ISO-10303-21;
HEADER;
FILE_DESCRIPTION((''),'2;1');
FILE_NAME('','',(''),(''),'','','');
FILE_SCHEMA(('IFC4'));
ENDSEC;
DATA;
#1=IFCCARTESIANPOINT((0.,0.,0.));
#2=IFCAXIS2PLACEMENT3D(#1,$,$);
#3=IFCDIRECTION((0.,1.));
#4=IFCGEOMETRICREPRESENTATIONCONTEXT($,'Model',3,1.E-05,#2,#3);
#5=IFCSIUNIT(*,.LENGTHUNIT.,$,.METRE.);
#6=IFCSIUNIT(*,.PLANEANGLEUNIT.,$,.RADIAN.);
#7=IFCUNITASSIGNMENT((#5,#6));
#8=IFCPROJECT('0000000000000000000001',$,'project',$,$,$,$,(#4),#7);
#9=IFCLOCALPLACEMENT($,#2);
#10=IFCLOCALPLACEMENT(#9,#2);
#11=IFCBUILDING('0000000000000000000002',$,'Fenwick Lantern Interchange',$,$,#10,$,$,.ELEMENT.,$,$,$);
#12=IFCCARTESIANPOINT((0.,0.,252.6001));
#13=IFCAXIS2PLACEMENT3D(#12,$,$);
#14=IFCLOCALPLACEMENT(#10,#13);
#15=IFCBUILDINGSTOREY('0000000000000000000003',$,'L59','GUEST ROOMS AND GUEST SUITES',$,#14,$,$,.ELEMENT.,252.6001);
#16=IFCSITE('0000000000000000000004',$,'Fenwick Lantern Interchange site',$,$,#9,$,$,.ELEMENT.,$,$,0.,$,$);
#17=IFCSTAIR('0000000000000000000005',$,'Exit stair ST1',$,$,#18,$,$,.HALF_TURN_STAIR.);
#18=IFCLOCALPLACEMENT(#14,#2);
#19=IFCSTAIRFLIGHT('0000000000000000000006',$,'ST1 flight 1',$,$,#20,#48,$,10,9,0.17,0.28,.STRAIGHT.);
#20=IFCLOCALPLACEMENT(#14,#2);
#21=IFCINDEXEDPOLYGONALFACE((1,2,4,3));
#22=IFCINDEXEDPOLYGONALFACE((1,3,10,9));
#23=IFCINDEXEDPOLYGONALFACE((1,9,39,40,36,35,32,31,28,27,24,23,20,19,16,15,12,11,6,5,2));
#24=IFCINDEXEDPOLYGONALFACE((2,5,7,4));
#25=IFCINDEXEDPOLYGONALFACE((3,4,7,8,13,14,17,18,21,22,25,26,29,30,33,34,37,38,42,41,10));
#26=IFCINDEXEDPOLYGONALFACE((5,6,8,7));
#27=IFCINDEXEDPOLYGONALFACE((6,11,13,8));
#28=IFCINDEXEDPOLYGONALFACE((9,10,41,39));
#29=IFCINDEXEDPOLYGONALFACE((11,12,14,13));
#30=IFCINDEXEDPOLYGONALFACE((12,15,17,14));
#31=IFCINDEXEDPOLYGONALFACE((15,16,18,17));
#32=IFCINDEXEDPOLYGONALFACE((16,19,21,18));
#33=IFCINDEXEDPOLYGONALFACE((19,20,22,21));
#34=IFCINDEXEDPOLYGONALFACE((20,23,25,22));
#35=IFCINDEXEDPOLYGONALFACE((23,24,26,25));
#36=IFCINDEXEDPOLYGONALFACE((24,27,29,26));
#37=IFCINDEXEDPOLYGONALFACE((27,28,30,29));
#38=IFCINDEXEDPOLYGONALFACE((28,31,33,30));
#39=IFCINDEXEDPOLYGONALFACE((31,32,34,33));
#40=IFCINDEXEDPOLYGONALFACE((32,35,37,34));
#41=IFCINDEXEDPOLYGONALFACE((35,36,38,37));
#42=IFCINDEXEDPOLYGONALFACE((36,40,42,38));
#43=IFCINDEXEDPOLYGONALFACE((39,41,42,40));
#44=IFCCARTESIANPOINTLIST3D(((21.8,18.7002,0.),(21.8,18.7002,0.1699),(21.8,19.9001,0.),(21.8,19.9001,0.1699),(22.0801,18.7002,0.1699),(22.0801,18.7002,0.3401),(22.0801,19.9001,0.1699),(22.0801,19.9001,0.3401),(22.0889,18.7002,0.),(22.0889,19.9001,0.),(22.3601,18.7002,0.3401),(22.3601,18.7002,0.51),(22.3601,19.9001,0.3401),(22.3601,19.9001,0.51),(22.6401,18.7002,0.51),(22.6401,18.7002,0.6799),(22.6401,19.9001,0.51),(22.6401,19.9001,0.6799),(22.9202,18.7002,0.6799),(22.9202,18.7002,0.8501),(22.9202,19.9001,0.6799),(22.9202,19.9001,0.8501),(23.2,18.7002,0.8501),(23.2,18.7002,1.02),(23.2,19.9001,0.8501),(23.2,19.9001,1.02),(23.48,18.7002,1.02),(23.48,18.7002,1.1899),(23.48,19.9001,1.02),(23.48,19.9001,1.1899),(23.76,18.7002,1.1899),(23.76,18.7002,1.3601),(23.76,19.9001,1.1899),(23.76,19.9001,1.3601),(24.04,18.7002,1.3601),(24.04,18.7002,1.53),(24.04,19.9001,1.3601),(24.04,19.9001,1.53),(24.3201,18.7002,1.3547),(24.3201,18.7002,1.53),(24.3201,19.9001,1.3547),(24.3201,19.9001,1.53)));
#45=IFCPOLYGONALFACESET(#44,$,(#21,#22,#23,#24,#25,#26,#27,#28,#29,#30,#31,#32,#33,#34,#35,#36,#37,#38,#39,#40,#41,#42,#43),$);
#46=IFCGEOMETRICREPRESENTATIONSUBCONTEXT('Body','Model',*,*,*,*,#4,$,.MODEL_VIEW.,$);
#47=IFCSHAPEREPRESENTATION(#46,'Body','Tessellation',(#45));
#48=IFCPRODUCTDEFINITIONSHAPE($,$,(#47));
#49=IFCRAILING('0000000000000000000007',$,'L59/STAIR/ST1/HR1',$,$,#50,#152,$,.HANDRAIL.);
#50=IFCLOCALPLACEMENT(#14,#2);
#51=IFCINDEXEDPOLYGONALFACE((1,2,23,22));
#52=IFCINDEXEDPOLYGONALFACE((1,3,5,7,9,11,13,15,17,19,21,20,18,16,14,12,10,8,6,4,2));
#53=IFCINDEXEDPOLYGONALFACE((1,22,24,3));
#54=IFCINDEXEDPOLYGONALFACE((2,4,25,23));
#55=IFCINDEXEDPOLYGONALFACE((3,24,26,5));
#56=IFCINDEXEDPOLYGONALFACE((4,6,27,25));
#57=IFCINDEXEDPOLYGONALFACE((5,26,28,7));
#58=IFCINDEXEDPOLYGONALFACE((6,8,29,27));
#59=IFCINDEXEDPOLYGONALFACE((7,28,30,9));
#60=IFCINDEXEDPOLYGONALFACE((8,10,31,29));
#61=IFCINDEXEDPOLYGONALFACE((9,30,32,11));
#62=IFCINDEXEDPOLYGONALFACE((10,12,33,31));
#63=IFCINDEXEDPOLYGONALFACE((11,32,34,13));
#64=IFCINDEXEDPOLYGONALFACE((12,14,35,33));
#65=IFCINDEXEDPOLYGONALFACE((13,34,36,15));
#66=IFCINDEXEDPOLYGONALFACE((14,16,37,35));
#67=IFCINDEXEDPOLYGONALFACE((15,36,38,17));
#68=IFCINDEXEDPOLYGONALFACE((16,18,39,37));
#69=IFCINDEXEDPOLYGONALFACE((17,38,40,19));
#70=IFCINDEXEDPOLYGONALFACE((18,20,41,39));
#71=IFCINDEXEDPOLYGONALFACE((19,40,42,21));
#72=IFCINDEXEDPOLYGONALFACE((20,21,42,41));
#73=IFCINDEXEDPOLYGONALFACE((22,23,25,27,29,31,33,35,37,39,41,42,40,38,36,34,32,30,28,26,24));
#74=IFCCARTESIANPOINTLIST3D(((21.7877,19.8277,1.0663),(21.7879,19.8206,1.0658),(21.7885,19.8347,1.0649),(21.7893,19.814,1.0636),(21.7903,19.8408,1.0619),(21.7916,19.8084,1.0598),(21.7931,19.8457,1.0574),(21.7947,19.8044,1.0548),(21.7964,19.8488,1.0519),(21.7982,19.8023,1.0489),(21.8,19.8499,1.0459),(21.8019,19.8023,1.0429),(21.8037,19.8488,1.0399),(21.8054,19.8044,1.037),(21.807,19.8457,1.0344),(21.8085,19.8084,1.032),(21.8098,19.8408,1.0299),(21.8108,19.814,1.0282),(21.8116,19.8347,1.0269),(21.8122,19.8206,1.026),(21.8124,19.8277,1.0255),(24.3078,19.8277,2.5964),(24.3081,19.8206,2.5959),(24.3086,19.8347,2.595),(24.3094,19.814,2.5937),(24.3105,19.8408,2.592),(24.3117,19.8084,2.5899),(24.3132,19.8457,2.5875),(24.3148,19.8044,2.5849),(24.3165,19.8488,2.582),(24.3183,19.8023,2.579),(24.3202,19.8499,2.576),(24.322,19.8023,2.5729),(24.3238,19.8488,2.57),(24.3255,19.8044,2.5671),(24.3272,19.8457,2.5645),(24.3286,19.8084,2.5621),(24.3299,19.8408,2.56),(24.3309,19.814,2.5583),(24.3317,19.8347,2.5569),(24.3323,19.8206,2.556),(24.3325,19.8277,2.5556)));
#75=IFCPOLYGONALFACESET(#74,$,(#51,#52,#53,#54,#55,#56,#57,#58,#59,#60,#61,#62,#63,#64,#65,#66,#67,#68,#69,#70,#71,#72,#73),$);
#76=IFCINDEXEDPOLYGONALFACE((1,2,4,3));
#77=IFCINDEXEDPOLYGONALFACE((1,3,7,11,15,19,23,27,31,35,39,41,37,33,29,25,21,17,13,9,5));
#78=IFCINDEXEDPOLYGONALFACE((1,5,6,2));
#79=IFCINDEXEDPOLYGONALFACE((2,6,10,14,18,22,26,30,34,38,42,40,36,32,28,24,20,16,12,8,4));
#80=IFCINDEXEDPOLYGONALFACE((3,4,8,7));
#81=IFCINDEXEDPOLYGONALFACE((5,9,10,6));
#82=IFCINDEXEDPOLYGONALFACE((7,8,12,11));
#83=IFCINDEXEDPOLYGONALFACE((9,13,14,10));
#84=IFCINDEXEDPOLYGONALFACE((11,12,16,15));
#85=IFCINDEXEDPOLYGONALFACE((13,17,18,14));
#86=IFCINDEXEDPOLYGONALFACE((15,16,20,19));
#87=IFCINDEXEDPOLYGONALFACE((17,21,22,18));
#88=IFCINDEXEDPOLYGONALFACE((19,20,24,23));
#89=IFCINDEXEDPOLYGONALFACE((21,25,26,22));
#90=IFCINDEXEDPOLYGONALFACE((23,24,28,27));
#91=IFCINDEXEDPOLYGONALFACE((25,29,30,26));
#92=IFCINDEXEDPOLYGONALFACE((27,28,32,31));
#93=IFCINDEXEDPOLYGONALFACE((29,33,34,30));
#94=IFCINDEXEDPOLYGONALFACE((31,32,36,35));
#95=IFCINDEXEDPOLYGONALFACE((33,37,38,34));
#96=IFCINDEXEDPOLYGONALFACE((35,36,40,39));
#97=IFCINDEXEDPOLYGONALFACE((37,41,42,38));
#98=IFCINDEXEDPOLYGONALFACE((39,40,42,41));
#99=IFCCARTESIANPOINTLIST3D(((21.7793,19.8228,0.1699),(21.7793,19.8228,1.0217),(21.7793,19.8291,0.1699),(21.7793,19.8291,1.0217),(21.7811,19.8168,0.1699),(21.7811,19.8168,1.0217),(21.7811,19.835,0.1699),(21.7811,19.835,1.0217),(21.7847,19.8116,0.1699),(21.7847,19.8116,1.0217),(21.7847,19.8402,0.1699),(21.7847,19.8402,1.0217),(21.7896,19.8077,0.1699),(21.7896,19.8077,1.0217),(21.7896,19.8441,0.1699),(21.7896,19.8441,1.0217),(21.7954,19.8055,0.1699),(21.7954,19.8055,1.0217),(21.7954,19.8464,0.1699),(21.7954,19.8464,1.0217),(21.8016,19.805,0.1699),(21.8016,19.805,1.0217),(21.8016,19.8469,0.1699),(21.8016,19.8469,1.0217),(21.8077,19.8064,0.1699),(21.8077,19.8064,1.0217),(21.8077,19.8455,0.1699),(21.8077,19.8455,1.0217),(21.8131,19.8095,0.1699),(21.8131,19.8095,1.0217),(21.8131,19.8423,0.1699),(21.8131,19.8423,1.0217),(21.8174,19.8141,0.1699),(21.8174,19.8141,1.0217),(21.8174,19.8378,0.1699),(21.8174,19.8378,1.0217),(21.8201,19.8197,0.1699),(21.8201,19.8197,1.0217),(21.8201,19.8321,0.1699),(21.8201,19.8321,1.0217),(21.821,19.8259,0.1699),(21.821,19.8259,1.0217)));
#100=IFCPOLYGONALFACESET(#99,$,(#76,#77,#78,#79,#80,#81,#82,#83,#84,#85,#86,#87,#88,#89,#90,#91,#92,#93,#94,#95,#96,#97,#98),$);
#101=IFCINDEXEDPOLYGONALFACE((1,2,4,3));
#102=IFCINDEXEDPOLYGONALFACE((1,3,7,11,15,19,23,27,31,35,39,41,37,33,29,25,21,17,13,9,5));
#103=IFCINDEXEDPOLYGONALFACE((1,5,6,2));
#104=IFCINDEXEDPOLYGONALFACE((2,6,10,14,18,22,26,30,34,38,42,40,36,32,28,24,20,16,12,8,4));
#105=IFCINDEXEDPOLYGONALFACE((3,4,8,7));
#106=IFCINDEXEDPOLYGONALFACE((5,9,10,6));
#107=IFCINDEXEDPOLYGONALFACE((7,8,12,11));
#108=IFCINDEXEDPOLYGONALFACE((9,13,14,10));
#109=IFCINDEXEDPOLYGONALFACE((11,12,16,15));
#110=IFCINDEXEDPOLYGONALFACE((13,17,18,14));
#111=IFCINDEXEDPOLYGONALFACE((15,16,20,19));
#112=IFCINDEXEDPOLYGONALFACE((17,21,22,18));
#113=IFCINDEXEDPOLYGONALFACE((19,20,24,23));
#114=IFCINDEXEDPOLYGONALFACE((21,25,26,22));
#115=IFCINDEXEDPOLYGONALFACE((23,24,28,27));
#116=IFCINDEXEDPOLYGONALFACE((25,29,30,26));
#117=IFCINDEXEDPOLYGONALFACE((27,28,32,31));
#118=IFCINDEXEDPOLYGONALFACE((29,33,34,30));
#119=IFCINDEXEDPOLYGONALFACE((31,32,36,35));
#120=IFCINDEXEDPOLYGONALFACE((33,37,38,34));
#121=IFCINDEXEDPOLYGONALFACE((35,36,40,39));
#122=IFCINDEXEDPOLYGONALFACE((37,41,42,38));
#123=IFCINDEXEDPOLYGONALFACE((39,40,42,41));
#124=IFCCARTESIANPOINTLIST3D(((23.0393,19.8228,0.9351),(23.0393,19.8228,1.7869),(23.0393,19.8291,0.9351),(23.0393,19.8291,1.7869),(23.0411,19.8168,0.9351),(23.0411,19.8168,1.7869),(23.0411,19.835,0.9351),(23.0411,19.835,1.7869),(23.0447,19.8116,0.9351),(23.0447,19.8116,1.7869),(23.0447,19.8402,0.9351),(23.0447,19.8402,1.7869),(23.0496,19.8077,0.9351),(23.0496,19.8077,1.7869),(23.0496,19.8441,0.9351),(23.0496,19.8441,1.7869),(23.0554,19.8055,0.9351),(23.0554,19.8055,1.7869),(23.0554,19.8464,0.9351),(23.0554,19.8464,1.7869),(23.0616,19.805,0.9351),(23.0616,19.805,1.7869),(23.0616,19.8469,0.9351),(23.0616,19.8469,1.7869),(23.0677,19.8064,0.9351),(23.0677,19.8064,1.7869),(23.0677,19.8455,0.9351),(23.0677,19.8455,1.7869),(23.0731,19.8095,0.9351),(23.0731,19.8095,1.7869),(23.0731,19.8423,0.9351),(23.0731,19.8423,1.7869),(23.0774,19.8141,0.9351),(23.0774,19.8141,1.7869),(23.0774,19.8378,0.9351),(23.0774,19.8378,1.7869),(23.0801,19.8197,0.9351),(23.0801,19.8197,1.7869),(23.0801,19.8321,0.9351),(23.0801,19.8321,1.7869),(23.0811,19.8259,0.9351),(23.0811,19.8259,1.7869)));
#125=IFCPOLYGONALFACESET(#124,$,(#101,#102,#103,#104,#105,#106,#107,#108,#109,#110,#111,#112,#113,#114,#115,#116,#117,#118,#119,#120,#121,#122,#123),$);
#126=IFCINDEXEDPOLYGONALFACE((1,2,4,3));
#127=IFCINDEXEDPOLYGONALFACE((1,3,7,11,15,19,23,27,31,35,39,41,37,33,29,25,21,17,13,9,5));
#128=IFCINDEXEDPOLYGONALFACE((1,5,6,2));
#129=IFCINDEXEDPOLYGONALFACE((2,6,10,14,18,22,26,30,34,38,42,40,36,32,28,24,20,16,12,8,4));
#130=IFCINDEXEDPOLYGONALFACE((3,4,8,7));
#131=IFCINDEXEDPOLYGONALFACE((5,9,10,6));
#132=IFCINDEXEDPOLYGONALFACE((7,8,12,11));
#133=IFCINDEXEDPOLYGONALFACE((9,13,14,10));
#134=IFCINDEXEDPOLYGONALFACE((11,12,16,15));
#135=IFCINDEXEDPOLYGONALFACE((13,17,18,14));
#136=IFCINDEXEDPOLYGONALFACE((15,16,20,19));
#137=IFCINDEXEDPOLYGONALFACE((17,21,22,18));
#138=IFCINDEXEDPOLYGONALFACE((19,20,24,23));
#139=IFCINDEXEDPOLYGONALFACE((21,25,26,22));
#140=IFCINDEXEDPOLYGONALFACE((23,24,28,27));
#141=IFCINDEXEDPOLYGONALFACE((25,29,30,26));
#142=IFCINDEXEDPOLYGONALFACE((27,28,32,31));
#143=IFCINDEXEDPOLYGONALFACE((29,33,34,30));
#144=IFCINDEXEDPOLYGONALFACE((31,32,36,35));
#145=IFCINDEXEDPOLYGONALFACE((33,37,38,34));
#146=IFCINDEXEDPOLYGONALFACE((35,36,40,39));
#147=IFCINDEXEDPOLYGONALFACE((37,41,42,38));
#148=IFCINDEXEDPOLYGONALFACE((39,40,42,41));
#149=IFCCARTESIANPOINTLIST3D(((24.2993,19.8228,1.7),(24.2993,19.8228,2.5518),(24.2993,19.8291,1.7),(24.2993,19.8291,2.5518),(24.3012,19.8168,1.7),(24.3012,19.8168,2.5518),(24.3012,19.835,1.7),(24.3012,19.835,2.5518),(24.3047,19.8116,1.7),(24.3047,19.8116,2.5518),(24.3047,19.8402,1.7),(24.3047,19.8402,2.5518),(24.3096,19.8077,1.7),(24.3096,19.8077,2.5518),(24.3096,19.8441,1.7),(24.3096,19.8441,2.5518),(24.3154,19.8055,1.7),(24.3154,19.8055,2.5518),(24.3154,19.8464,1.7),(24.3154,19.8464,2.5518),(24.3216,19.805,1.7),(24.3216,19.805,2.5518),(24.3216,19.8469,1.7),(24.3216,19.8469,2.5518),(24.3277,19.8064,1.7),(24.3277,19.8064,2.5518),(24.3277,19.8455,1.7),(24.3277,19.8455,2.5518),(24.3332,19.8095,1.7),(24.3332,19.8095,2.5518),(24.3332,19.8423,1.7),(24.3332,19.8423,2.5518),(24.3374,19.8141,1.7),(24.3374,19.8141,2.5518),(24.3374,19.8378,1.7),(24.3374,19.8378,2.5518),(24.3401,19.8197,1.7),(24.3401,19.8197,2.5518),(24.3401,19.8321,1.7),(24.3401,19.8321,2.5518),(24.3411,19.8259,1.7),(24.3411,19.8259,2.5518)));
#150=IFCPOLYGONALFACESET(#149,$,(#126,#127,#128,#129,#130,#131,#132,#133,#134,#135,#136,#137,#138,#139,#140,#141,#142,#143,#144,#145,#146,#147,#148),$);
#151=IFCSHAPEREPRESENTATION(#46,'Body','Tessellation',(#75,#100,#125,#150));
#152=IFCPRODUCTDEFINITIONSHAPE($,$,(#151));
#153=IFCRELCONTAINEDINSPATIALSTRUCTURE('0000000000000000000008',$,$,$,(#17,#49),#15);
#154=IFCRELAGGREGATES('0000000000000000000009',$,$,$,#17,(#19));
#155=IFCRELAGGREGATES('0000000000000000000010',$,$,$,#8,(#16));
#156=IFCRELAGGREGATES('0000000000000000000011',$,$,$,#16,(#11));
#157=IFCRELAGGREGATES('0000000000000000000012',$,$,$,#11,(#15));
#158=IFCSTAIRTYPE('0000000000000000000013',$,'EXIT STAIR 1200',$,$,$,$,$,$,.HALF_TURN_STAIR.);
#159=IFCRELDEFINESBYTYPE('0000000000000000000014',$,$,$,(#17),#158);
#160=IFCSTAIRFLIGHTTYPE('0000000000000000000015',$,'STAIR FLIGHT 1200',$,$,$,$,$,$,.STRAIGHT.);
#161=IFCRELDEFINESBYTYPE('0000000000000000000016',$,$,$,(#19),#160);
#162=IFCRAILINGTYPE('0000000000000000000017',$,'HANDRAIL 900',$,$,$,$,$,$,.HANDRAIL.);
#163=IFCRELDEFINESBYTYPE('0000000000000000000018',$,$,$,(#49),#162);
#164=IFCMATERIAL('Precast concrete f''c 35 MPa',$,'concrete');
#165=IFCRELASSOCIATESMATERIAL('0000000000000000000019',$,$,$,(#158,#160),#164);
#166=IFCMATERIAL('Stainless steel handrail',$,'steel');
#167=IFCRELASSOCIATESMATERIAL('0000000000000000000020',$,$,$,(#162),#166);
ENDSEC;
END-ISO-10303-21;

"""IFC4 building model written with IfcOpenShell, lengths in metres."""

from ifc_helpers import new_model, si_unit, direction, frame, origin, origin_2d, place, context, subcontext, project, spatial, polyline, circle, outline, extrude, material, type_object, element, aggregate, save


model = new_model("IFC4")

# Units and contexts
model_context = context("Model", 3, precision=1e-05, world=origin(), true_north=direction((0.0, 1.0)))
body_context = subcontext(model_context, "Body", "Model", "MODEL_VIEW")
ifc_project = project(units=[si_unit("LENGTHUNIT", "METRE"), si_unit("PLANEANGLEUNIT", "RADIAN")], contexts=[model_context])

# Site, building, storey
site_placement = place(None, origin())
site = spatial("IfcSite", under=ifc_project, at=site_placement, Name="Fenwick Lantern Interchange site", CompositionType="ELEMENT", RefElevation=0.0)
building_placement = place(site_placement, origin())
building = spatial("IfcBuilding", under=site, at=building_placement, Name="Fenwick Lantern Interchange", CompositionType="ELEMENT")
storey_placement = place(building_placement, frame((0.0, 0.0, 252.6001)))
storey = spatial("IfcBuildingStorey", under=building, at=storey_placement, Name="L59", Description="GUEST ROOMS AND GUEST SUITES", CompositionType="ELEMENT", Elevation=252.6001)

# Stair, stair flight
ifc_material_1 = material(Name="Precast concrete f'c 35 MPa", Category="concrete")
stair_type = type_object("IfcStairType", Name="EXIT STAIR 1200", PredefinedType="HALF_TURN_STAIR", material=ifc_material_1)
stair_placement = place(storey_placement, origin())
stair = element("IfcStair", 1, at=stair_placement, inside=storey, type_object=stair_type, Name="Exit stair ST1", PredefinedType="HALF_TURN_STAIR")
stair_flight_type = type_object("IfcStairFlightType", Name="STAIR FLIGHT 1200", PredefinedType="STRAIGHT", material=ifc_material_1)
stair_flight_placement = place(storey_placement, frame((21.8, 19.3, 0.0), z_axis=(0.0, 0.0, 1.0), x_axis=(1.0, 0.0, 0.0)))
stair_flight = element("IfcStairFlight", 2, at=stair_flight_placement, type_object=stair_flight_type, Name="ST1 flight 1", NumberOfRisers=10, NumberOfTreads=9, PredefinedType="STRAIGHT", RiserHeight=0.17, TreadLength=0.28, context=body_context, shape_type="SweptSolid", body=[
    extrude(outline(polyline([(0.0, 0.0), (0.0, 0.1699), (0.28, 0.1699), (0.28, 0.3401), (0.5601, 0.3401), (0.5601, 0.51), (0.8401, 0.51), (0.8401, 0.6799), (1.1201, 0.6799), (1.1201, 0.8501), (1.3999, 0.8501), (1.3999, 1.02), (1.6799, 1.02), (1.6799, 1.1899), (1.96, 1.1899), (1.96, 1.3601), (2.24, 1.3601), (2.24, 1.53), (2.52, 1.53), (2.52, 1.7), (2.52, 1.3547), (0.2888, 0.0), (0.0, 0.0)])), frame((0.0, 0.6001, 0.0), z_axis=(0.0, -1.0, 0.0), x_axis=(1.0, 0.0, 0.0)), (0.0, 0.0, 1.0), 1.2),
])
aggregate(stair, [stair_flight])

# Railing
ifc_material_2 = material(Name="Stainless steel handrail", Category="steel")
railing_type = type_object("IfcRailingType", Name="HANDRAIL 900", PredefinedType="HANDRAIL", material=ifc_material_2)
railing_1_placement = place(storey_placement, frame((21.8, 19.8259, 0.1699)))
element("IfcRailing", 3, at=railing_1_placement, inside=storey, type_object=railing_type, Name="L59/STAIR/ST1/HR1", PredefinedType="HANDRAIL", context=body_context, shape_type="SweptSolid", body=[
    extrude(circle(Radius=0.0239, at=origin_2d()), frame((0.0, 0.0, 0.876), z_axis=(0.854785, 0.0, 0.518982), x_axis=(0.0, 1.0, 0.0)), (0.0, 0.0, 1.0), 2.9482),
    extrude(circle(Radius=0.021, at=origin_2d()), origin(), (0.0, 0.0, 1.0), 0.8518),
    extrude(circle(Radius=0.021, at=origin_2d()), frame((1.26, 0.0, 0.7651)), (0.0, 0.0, 1.0), 0.8518),
    extrude(circle(Radius=0.021, at=origin_2d()), frame((2.52, 0.0, 1.53)), (0.0, 0.0, 1.0), 0.8518),
])

save(model, "model.ifc")
